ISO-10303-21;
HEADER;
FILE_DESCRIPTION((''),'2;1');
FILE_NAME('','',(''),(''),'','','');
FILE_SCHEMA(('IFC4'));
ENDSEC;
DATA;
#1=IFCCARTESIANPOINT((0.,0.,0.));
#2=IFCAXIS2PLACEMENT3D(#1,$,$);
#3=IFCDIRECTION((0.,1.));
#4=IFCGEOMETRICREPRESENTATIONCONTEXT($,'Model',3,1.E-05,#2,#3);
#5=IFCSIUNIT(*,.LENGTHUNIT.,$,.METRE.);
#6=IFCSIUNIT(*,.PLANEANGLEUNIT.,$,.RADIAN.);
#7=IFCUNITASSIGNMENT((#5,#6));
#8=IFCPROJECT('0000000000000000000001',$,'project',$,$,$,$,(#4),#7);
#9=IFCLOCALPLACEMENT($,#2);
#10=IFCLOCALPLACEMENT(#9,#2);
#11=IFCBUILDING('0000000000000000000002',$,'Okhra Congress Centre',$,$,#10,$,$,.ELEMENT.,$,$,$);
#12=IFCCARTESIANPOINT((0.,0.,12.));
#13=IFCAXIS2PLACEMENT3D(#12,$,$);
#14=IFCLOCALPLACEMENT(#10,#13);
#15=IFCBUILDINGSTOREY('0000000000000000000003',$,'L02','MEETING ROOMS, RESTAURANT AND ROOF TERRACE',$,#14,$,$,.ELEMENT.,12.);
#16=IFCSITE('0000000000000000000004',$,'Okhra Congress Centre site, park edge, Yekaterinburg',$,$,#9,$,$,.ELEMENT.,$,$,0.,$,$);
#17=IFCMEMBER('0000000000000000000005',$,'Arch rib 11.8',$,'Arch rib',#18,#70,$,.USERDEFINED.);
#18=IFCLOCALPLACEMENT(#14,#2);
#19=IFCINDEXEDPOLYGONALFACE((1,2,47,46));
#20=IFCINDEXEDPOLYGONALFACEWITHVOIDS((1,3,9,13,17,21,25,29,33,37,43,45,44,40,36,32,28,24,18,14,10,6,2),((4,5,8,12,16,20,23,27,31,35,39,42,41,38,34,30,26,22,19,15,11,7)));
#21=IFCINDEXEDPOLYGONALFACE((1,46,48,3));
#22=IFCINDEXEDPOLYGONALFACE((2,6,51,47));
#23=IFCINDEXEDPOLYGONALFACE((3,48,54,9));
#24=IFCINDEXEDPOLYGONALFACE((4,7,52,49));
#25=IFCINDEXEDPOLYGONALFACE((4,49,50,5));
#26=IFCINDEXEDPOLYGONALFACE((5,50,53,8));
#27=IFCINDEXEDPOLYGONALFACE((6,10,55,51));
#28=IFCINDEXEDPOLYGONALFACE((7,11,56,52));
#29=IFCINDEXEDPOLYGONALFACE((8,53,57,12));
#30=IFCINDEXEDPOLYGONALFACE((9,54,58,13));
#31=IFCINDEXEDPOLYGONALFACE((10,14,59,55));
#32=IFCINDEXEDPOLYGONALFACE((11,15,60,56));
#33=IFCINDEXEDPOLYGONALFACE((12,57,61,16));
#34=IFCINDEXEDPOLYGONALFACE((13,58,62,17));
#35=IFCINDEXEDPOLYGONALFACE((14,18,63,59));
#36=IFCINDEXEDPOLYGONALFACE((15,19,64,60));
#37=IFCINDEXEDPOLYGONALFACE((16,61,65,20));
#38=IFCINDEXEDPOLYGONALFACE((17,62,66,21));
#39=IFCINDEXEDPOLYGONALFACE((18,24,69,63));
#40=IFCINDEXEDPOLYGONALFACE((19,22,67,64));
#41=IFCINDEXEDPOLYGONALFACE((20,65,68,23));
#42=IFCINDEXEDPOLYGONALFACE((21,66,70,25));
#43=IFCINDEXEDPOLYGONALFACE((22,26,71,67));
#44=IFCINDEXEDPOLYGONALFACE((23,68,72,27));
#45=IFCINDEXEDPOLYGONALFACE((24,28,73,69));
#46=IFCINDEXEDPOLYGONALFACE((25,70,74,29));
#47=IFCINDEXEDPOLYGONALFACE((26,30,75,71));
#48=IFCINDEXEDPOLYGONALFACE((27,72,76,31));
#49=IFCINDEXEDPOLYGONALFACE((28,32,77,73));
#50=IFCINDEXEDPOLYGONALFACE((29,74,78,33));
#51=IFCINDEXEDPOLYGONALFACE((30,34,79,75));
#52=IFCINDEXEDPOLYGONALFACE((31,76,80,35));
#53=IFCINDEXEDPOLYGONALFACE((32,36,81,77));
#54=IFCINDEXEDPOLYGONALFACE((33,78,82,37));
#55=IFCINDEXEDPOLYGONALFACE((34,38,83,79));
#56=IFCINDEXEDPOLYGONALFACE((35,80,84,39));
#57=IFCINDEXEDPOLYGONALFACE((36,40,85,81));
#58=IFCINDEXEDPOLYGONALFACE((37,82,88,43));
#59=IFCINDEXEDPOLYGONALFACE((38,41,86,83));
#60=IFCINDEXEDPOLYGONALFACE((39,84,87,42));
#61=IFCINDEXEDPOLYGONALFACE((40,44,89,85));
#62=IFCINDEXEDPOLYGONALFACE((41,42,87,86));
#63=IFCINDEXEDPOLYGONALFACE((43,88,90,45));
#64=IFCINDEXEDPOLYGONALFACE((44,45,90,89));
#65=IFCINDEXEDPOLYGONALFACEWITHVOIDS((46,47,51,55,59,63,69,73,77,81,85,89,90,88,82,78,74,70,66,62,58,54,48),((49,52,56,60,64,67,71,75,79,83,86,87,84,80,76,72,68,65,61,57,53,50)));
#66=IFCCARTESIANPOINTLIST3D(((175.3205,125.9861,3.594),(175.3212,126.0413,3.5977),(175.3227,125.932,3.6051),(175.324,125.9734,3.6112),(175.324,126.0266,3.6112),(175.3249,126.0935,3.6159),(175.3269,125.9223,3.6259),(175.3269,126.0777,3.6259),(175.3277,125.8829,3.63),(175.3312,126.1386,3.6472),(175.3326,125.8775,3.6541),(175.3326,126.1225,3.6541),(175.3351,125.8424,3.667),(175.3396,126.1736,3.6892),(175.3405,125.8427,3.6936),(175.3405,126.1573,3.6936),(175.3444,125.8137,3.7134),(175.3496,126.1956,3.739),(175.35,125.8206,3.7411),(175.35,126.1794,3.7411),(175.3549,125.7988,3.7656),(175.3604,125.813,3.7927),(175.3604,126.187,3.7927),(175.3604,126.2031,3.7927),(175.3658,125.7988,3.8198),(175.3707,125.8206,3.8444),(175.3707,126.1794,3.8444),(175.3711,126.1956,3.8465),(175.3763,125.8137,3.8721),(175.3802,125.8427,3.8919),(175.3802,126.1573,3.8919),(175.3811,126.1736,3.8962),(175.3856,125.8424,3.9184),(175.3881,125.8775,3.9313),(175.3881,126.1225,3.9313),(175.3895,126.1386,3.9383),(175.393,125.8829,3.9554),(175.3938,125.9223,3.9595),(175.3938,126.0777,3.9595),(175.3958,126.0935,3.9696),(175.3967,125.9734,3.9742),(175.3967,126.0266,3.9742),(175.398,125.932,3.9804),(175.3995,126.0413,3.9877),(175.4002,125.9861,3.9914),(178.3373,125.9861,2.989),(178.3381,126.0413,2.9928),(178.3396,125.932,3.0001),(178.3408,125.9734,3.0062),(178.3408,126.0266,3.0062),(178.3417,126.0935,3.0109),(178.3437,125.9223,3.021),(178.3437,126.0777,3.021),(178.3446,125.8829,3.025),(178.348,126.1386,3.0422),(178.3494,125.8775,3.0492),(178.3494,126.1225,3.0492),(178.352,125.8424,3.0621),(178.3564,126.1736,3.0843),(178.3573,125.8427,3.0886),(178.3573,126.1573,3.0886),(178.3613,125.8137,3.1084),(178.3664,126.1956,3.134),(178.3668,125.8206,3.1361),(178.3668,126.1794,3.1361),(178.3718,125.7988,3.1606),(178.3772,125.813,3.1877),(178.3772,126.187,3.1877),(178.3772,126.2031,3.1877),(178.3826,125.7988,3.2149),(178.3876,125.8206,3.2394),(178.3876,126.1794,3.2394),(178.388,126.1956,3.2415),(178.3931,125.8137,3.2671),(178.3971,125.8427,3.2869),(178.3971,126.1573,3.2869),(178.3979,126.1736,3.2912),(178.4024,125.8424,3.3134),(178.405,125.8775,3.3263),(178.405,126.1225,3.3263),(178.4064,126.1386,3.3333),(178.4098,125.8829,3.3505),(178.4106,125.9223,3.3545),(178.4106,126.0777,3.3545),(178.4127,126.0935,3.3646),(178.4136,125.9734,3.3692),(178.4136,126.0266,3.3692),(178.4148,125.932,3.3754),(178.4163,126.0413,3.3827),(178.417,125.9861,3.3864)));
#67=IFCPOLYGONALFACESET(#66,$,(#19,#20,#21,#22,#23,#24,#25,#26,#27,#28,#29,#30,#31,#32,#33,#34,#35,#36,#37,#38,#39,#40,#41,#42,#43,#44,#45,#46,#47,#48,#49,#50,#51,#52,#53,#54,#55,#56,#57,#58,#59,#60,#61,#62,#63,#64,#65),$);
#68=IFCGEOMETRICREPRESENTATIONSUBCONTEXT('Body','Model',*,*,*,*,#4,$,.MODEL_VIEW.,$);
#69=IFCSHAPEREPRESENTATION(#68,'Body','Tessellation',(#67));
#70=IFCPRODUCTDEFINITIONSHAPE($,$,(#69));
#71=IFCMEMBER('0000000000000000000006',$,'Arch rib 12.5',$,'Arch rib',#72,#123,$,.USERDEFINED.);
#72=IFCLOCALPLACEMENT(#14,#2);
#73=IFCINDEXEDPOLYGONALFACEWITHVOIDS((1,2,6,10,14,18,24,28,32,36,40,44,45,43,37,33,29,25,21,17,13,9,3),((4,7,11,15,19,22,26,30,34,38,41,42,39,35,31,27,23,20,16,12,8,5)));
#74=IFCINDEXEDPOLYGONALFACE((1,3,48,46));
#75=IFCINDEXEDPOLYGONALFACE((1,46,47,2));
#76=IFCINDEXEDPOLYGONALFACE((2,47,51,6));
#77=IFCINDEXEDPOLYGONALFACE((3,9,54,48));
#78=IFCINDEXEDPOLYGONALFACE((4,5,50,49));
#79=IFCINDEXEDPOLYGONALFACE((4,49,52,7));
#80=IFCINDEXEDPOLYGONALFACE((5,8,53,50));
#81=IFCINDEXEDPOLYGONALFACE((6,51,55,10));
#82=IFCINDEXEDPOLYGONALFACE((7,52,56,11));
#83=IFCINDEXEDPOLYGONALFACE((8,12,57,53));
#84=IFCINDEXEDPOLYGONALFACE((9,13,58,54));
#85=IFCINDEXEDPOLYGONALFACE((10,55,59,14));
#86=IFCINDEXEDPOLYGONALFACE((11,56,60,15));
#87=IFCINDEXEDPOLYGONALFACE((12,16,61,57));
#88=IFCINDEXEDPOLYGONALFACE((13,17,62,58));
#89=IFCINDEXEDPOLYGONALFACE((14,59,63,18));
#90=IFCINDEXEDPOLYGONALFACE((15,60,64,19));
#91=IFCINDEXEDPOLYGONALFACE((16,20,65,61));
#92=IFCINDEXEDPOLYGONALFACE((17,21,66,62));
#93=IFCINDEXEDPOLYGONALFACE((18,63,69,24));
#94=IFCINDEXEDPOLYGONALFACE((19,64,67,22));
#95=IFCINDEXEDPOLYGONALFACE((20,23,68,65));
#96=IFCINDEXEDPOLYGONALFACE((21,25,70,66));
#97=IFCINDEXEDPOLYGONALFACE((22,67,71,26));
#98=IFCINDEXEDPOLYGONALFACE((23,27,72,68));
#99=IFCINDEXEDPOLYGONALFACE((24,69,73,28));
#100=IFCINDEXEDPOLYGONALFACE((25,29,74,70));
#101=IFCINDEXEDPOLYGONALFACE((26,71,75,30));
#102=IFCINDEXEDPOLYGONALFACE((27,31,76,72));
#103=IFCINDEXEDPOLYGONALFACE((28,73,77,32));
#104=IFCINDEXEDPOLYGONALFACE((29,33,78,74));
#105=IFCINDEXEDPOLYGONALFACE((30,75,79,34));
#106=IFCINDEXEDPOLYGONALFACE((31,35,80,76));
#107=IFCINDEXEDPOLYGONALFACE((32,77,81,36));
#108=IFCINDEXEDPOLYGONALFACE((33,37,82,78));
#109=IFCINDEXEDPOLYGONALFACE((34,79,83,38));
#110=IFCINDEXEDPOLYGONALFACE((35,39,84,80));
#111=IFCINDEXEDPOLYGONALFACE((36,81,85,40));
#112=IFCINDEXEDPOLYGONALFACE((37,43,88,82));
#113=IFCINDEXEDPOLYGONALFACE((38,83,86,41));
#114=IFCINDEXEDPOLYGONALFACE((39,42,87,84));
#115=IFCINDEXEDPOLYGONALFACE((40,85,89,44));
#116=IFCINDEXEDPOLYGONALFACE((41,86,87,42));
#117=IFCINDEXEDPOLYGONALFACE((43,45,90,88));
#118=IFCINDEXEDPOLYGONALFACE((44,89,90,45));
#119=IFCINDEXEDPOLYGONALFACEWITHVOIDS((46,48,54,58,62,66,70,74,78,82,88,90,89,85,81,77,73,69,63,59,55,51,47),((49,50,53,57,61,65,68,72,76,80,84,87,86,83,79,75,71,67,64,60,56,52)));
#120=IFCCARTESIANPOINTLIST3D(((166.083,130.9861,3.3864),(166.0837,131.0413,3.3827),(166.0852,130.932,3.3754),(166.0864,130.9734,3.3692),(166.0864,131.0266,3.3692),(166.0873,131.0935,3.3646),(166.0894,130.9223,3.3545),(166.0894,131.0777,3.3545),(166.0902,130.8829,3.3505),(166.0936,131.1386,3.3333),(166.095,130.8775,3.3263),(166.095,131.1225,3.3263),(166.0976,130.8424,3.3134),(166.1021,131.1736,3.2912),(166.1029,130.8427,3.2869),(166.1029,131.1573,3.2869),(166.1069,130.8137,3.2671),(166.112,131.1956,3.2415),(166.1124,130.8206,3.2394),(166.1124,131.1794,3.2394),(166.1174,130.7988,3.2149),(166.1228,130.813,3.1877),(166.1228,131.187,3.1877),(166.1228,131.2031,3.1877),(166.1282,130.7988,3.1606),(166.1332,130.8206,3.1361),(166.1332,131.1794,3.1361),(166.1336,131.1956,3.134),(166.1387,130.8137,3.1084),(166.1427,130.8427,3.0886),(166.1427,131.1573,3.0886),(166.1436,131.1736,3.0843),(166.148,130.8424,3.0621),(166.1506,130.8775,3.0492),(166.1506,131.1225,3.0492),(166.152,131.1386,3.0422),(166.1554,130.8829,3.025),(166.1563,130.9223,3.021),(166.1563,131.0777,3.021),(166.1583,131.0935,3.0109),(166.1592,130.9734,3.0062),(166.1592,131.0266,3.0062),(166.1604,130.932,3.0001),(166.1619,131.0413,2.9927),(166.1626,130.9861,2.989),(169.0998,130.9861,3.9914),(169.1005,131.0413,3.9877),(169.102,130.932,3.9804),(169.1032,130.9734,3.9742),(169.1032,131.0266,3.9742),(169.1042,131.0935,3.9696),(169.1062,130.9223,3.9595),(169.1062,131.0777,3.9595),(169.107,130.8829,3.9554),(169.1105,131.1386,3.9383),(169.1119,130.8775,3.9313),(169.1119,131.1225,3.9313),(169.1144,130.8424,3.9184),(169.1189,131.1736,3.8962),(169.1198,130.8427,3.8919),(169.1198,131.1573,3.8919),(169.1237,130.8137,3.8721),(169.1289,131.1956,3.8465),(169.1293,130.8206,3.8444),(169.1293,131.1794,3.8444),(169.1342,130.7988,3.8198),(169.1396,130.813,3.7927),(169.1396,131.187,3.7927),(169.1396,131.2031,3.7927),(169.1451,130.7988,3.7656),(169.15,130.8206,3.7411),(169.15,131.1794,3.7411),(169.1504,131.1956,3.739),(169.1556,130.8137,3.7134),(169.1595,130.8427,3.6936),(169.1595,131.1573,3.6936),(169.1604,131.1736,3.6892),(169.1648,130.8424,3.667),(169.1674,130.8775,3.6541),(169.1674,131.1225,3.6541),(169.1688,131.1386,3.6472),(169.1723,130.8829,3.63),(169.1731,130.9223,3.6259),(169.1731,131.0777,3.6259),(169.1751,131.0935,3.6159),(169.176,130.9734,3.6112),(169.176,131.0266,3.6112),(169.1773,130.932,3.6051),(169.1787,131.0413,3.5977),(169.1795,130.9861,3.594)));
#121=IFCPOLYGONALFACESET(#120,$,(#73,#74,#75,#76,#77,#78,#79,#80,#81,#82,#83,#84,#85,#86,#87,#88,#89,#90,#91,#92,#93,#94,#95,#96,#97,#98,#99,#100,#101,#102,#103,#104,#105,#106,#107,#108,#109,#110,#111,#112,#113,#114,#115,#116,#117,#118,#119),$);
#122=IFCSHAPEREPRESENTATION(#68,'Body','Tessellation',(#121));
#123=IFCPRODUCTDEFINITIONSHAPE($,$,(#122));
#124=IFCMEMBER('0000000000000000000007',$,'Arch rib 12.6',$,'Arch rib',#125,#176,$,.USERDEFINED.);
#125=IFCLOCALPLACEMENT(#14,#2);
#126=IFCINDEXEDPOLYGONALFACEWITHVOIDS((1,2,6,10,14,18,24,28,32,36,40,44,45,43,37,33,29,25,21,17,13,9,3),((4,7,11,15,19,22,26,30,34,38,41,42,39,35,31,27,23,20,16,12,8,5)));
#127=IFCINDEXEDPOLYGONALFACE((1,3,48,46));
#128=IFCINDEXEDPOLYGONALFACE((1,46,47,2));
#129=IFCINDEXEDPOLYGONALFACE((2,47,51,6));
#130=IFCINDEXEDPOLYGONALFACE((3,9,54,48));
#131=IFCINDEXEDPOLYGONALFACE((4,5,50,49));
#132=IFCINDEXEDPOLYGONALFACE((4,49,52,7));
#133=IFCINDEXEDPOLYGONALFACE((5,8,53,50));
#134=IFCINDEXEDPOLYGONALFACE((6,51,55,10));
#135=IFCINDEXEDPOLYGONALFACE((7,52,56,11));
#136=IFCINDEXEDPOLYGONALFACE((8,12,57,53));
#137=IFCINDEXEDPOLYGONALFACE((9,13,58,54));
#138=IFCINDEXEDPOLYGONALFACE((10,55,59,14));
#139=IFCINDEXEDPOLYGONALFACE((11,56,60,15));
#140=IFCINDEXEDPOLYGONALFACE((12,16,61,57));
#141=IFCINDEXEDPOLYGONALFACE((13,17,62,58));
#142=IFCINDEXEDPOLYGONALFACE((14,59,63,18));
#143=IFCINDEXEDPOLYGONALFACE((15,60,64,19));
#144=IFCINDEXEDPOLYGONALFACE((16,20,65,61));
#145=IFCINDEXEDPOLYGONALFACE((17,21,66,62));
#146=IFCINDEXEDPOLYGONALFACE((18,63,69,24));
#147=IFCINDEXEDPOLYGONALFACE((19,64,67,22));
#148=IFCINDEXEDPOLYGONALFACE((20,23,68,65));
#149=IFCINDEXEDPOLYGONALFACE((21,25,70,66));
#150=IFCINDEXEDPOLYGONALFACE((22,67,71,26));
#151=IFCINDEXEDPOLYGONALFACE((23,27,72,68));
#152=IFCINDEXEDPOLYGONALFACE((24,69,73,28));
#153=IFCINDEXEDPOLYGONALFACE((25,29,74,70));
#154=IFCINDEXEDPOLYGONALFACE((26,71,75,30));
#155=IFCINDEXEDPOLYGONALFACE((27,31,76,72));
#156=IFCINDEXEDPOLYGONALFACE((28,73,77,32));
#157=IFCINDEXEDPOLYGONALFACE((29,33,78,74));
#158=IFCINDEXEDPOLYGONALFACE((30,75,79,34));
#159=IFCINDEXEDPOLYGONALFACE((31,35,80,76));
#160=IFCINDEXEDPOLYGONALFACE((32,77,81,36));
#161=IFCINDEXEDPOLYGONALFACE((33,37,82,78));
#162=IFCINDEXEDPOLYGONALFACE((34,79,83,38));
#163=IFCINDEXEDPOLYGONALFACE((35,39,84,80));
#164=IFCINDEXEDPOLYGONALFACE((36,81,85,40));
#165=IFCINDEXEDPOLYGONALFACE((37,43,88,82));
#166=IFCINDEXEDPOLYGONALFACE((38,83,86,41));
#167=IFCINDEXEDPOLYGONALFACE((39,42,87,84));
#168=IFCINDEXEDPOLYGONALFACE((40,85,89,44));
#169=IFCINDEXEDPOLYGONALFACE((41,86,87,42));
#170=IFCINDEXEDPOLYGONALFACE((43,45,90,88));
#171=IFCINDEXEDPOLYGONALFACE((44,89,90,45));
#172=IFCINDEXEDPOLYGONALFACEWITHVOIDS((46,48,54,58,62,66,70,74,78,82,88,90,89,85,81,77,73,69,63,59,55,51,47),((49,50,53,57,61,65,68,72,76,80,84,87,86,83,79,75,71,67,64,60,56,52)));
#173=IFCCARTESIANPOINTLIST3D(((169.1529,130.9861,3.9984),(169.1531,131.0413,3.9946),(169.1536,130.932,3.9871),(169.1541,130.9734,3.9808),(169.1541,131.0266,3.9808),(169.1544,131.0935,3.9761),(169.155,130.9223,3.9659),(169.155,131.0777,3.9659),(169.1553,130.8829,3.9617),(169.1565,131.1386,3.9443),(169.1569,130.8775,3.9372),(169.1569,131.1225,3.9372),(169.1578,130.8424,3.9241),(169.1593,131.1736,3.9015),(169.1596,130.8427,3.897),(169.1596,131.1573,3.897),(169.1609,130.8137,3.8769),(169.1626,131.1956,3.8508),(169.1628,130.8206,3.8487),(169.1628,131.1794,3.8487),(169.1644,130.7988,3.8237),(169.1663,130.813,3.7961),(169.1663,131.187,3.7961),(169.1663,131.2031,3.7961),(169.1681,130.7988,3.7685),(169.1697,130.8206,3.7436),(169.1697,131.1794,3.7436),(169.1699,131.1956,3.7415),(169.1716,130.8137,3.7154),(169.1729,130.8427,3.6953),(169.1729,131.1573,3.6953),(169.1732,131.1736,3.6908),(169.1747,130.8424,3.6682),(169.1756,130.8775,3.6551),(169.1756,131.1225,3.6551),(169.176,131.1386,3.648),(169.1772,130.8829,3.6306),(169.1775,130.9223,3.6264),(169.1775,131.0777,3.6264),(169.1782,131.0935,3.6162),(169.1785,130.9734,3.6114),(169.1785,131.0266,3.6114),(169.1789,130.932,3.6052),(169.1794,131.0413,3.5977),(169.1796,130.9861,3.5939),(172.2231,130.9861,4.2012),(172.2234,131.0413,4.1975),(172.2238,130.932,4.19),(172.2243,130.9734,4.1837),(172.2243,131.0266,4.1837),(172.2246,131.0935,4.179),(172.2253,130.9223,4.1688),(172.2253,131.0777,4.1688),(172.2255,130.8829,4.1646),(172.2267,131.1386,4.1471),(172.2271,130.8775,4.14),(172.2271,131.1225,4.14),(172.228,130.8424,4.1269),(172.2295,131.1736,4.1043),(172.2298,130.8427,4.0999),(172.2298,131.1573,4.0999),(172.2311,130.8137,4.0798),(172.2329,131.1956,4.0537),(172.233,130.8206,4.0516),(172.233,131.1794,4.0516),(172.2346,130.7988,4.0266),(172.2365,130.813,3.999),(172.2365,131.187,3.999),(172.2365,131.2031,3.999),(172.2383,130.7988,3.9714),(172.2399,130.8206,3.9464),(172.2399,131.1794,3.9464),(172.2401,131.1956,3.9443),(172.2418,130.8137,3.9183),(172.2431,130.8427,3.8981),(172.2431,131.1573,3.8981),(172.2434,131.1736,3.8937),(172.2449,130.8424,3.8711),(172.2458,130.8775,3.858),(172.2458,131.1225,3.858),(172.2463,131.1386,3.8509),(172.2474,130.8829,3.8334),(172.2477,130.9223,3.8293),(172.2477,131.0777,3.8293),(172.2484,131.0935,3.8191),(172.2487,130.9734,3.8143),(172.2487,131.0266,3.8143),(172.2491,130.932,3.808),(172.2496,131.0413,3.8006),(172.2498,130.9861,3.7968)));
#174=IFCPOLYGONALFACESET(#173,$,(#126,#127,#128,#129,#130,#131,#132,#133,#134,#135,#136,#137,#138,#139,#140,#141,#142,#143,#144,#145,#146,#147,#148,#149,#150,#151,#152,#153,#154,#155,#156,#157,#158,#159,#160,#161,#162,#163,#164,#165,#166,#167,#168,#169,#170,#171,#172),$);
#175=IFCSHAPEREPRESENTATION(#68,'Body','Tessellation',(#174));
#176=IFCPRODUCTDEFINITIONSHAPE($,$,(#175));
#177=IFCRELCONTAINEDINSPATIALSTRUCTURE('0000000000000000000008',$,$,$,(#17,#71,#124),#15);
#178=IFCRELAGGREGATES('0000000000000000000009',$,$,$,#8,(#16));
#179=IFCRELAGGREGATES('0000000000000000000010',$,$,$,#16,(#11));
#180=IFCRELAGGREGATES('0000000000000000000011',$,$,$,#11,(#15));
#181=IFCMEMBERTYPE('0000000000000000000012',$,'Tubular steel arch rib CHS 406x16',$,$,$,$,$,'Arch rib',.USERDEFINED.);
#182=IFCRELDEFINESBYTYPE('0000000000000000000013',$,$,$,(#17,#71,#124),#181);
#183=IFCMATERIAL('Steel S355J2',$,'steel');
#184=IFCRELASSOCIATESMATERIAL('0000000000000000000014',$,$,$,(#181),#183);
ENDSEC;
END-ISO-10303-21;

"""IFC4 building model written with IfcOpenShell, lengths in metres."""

from ifc_helpers import new_model, si_unit, direction, frame, origin, origin_2d, place, context, subcontext, project, spatial, hollow_circle, extrude, material, material_profile, profile_set, type_object, element, save


model = new_model("IFC4")

# Units and contexts
model_context = context("Model", 3, precision=1e-05, world=origin(), true_north=direction((0.0, 1.0)))
body_context = subcontext(model_context, "Body", "Model", "MODEL_VIEW")
ifc_project = project(units=[si_unit("LENGTHUNIT", "METRE"), si_unit("PLANEANGLEUNIT", "RADIAN")], contexts=[model_context])

# Site, building, storey
site_placement = place(None, origin())
site = spatial("IfcSite", under=ifc_project, at=site_placement, Name="Okhra Congress Centre site, park edge, Yekaterinburg", CompositionType="ELEMENT", RefElevation=0.0)
building_placement = place(site_placement, origin())
building = spatial("IfcBuilding", under=site, at=building_placement, Name="Okhra Congress Centre", CompositionType="ELEMENT")
storey_placement = place(building_placement, frame((0.0, 0.0, 12.0)))
storey = spatial("IfcBuildingStorey", under=building, at=storey_placement, Name="L02", Description="MEETING ROOMS, RESTAURANT AND ROOF TERRACE", CompositionType="ELEMENT", Elevation=12.0)

# Members
ifc_material_1 = material(Name="Steel S355J2", Category="steel")
ifc_material_profile_1 = material_profile(ifc_material_1, hollow_circle(Radius=0.2031, WallThickness=0.0161, at=origin_2d()), Name="CHS 406.4x16")
ifc_profile_set_1 = profile_set([ifc_material_profile_1], Name="Steel S355J2")
member_type_1 = type_object("IfcMemberType", Name="Tubular steel arch rib CHS 406x16", ElementType="Arch rib", PredefinedType="USERDEFINED", material=ifc_profile_set_1)
for number, where, z_axis, x_axis, name in (
    (1, (175.3604, 126.0, 3.7927), (0.98048, 0.0, -0.19662), (0.0, 1.0, 0.0), "Arch rib 11.8"),
    (2, (166.1228, 131.0, 3.1877), (0.98048, 0.0, 0.19662), (0.0, 1.0, 0.0), "Arch rib 12.5"),
    (3, (169.1663, 131.0, 3.7961), (0.997824, 0.0, 0.065934), (0.0, 1.0, 0.0), "Arch rib 12.6"),
):
    element("IfcMember", number, at=place(storey_placement, frame(where, z_axis=z_axis, x_axis=x_axis)), inside=storey, type_object=member_type_1, Name=name, ObjectType="Arch rib", PredefinedType="USERDEFINED", context=body_context, shape_type="SweptSolid", body=[
        extrude(hollow_circle(Radius=0.2031, WallThickness=0.0161, at=origin_2d()), origin(), (0.0, 0.0, 1.0), 3.0769),
    ])

save(model, "model.ifc")
